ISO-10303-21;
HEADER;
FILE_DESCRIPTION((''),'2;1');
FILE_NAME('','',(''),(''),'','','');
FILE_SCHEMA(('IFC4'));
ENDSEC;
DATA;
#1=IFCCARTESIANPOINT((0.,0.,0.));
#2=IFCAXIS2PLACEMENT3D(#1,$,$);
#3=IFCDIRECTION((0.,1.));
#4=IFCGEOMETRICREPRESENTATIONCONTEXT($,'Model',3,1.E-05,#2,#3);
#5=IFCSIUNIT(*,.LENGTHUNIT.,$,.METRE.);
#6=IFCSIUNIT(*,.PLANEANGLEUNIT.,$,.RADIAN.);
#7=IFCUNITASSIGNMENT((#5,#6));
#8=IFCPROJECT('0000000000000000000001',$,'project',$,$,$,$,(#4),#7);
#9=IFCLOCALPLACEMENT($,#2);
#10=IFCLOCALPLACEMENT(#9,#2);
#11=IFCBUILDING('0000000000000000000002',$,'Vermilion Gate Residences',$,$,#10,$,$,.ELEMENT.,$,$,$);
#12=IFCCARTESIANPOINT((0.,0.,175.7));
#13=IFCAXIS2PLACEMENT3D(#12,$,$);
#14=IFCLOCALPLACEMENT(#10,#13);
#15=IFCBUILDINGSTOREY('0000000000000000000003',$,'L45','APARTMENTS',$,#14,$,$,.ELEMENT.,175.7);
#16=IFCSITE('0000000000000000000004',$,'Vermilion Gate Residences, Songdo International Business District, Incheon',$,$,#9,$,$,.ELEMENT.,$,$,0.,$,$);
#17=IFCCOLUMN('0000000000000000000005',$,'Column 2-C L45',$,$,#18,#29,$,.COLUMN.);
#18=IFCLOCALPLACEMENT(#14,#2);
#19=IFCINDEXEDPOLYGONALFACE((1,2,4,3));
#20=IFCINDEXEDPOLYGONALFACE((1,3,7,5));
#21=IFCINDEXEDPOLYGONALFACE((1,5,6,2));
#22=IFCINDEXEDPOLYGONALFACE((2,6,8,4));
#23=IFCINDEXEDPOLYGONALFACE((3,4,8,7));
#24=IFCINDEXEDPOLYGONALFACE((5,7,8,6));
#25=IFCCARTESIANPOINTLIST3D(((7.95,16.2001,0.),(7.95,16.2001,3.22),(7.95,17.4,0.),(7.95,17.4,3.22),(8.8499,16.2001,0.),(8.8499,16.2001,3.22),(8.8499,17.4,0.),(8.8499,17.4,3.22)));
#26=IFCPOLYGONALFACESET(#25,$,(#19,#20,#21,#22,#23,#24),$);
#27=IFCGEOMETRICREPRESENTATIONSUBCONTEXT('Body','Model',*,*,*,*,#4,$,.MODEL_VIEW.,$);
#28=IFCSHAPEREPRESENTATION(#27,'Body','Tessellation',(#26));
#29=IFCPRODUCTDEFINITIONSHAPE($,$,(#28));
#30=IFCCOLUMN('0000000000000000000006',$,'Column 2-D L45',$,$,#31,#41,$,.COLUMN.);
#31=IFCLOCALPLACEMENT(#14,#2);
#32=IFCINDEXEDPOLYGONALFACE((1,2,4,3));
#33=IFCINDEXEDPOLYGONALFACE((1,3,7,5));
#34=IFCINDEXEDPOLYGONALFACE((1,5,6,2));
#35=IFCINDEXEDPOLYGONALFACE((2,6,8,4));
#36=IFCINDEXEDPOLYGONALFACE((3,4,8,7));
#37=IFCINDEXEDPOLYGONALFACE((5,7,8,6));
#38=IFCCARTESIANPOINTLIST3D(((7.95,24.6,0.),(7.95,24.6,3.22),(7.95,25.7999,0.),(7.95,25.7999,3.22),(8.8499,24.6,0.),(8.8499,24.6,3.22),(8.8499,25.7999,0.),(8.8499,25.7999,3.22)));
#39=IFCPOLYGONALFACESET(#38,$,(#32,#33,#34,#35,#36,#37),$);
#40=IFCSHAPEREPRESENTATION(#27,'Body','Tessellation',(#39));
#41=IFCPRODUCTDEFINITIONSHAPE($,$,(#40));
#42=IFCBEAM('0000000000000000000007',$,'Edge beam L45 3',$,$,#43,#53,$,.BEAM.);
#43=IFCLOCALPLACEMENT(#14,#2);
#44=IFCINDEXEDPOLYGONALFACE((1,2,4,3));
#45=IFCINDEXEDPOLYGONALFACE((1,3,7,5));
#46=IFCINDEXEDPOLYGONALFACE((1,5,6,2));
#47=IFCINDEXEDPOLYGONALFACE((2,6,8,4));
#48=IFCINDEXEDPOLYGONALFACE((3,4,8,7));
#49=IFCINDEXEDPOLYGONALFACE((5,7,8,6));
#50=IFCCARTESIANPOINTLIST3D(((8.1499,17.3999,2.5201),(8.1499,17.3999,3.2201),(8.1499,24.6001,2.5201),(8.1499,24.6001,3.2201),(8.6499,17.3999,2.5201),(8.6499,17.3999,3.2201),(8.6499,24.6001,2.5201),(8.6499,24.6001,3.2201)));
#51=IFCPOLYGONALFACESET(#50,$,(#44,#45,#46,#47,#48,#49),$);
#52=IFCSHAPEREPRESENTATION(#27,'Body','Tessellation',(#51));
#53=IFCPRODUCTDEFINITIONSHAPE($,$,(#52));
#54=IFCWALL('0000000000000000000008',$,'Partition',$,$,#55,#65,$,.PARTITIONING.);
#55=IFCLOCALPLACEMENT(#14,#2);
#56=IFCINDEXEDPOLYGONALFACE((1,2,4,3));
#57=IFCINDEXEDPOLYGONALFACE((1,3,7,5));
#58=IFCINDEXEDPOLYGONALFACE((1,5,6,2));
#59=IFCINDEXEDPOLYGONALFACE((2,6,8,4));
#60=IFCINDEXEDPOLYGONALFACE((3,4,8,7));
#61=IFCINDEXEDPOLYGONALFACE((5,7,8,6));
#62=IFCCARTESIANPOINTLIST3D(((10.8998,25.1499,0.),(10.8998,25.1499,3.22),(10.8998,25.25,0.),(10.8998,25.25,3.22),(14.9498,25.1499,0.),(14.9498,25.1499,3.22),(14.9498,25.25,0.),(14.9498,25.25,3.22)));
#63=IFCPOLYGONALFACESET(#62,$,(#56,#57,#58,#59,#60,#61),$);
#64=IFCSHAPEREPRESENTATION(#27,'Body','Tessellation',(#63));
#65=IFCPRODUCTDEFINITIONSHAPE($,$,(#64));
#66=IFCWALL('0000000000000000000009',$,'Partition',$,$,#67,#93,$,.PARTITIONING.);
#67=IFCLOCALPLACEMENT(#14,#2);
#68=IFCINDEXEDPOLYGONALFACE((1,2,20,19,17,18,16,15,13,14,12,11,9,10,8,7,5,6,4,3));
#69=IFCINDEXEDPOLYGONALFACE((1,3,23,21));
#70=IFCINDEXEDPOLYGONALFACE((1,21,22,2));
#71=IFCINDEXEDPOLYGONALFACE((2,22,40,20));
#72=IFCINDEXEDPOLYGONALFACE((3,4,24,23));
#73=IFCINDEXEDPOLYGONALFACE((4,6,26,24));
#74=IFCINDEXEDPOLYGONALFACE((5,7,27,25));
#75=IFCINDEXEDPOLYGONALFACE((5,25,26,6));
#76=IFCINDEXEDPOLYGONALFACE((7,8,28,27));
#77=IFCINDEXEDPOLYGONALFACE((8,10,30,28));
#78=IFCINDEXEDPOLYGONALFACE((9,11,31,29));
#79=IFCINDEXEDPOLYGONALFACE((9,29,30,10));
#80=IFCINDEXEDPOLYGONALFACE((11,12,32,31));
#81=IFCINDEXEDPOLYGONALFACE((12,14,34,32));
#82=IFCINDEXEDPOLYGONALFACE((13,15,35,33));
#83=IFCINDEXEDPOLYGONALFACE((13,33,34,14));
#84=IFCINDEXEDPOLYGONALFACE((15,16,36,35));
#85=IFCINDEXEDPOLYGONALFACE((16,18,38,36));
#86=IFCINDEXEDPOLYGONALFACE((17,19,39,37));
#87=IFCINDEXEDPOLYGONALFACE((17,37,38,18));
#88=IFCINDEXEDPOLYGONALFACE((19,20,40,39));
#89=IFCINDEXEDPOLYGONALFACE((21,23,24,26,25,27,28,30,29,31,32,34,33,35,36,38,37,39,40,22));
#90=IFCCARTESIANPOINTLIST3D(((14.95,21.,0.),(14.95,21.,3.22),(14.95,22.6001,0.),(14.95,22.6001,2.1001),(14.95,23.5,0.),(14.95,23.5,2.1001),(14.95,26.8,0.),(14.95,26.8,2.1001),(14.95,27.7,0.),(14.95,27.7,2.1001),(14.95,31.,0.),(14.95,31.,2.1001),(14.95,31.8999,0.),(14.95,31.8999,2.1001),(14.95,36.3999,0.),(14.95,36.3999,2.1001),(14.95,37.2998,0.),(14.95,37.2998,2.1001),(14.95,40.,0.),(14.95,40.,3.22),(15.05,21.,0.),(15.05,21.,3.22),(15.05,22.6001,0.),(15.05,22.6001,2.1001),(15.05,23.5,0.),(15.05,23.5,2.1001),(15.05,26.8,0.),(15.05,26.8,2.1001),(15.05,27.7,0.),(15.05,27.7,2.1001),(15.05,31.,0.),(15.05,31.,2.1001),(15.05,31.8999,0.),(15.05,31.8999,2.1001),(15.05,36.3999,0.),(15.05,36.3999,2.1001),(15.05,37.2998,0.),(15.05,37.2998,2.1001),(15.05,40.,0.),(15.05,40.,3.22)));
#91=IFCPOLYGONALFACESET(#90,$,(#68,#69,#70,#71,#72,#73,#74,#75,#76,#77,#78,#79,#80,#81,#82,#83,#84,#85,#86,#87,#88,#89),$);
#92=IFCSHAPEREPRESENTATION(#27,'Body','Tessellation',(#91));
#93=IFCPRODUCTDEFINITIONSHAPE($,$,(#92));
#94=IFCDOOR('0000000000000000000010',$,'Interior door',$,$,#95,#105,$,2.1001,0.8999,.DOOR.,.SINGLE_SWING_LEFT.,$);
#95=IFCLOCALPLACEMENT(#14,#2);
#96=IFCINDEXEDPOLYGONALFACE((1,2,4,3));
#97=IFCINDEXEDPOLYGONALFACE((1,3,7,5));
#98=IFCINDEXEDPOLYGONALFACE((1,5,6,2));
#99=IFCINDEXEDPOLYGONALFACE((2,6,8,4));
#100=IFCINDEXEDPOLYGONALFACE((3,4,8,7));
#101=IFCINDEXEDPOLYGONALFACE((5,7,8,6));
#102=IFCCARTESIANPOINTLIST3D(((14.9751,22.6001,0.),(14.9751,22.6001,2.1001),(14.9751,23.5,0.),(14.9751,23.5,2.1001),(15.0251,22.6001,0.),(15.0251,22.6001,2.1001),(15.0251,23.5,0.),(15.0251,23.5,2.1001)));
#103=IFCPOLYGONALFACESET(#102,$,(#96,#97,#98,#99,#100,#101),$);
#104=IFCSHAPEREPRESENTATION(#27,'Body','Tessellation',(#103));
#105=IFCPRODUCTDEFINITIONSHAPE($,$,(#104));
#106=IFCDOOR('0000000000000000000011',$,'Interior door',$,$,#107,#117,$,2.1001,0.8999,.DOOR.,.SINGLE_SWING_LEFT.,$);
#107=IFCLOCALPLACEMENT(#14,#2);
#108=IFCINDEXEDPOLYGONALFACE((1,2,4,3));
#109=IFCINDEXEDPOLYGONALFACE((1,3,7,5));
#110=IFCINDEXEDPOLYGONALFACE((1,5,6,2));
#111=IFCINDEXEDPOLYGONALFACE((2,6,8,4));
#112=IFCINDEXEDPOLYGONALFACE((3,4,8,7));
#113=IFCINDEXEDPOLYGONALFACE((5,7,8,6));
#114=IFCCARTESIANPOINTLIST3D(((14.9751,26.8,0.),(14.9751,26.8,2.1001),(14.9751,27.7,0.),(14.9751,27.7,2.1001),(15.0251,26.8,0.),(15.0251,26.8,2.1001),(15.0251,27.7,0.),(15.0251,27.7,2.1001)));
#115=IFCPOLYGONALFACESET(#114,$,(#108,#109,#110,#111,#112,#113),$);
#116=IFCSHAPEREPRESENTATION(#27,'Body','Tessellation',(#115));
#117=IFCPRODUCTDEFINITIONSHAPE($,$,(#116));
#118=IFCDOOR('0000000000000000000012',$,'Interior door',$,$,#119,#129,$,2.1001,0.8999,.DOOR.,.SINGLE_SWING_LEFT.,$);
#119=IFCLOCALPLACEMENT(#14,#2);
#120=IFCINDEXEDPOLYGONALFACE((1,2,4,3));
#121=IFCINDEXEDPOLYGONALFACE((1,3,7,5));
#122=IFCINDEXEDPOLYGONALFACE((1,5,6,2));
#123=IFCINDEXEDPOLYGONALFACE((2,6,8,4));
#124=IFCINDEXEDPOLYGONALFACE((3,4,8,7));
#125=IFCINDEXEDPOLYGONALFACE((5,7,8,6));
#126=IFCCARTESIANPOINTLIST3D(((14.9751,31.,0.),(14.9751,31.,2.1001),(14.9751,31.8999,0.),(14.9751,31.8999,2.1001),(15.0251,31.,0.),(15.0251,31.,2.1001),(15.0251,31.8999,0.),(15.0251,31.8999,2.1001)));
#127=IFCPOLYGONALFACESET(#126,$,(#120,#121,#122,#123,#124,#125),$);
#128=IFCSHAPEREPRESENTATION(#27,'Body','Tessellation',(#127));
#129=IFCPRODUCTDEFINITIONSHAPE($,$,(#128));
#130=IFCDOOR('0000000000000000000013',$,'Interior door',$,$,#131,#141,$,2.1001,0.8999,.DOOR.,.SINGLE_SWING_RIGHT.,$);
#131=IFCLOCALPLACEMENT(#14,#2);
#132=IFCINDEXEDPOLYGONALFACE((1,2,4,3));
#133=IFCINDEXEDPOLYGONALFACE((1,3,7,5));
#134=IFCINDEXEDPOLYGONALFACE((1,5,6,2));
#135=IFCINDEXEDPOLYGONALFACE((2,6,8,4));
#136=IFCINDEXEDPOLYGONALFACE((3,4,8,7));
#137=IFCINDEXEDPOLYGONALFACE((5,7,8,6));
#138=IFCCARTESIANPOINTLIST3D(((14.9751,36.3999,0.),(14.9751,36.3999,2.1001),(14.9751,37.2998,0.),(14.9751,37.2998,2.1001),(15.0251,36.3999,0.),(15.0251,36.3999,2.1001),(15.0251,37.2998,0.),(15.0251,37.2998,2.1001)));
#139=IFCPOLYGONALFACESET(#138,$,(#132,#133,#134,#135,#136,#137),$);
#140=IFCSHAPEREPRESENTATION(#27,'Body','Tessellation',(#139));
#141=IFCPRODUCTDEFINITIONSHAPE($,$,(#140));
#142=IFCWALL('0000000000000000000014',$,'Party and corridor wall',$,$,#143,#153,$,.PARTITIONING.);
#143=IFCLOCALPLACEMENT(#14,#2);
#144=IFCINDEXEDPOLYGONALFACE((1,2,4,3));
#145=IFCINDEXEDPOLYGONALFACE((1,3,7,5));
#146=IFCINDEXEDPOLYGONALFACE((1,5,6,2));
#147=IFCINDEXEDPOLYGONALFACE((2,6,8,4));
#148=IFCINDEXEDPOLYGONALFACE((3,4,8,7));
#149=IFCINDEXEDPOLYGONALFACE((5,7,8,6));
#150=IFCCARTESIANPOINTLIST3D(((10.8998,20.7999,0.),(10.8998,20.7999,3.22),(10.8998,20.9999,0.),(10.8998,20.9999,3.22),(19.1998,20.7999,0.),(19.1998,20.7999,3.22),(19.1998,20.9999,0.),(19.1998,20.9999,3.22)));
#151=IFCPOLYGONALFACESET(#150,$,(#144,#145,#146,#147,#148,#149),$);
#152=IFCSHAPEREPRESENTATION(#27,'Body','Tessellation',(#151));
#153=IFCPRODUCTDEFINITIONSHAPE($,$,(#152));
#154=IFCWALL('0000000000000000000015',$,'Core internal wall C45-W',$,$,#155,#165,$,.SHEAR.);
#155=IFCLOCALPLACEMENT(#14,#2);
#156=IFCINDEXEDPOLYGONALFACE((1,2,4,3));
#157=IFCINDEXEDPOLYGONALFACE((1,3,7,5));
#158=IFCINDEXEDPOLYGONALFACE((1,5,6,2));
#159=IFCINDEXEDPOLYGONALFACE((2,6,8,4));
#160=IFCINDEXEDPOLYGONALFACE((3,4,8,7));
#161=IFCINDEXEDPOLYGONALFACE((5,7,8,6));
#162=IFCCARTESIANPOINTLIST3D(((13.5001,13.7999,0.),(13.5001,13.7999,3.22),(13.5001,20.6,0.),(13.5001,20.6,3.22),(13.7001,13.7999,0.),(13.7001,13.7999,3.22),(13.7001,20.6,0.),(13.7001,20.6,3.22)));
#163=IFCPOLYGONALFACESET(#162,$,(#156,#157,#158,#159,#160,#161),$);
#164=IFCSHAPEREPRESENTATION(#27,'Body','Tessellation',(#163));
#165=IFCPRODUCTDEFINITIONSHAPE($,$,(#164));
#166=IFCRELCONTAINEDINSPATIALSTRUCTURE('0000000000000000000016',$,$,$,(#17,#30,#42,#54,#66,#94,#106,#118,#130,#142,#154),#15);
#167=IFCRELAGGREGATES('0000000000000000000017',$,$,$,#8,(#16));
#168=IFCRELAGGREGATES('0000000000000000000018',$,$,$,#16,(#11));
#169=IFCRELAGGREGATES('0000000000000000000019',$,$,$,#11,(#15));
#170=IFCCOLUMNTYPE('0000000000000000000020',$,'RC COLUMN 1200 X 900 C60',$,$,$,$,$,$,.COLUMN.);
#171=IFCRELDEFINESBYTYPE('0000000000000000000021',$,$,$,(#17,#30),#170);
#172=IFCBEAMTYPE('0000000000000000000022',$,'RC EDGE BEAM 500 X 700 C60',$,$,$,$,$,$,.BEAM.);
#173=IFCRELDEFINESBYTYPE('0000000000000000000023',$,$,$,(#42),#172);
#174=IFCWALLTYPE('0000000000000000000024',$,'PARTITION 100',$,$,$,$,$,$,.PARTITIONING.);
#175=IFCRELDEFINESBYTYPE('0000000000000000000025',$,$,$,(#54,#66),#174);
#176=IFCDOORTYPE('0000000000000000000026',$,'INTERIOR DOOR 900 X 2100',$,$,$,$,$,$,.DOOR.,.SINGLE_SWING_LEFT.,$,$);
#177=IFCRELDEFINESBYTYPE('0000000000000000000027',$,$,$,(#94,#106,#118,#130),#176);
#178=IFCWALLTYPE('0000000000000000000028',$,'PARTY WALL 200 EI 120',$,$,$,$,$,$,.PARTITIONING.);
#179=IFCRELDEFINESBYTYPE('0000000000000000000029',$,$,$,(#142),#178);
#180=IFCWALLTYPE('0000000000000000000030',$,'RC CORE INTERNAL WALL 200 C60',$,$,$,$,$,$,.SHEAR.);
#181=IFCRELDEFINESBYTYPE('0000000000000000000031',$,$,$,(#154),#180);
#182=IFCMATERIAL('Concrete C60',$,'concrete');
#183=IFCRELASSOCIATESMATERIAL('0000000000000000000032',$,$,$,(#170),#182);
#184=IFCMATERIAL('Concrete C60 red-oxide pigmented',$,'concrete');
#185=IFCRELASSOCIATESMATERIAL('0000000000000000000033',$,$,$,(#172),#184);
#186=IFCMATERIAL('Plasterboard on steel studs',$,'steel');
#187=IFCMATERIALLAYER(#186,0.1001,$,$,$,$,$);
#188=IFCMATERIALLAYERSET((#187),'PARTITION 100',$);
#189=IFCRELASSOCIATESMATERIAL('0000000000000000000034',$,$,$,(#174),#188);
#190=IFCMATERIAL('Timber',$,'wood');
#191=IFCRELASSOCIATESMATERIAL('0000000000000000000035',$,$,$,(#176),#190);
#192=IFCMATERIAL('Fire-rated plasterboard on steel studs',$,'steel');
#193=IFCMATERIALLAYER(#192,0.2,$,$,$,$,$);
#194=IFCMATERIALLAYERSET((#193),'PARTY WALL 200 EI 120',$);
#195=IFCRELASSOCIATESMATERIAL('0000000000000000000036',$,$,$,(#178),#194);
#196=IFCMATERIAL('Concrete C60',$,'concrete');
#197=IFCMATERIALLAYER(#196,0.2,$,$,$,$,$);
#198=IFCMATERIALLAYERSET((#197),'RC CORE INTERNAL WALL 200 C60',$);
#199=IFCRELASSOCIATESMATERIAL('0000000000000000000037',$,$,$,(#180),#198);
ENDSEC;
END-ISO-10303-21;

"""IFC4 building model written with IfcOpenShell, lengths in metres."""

from ifc_helpers import new_model, si_unit, direction, frame, frame_2d, origin, origin_2d, place, context, subcontext, project, spatial, rectangle, extrude, material, layer, layer_set, material_profile, profile_set, type_object, element, fill, save


model = new_model("IFC4")

# Units and contexts
model_context = context("Model", 3, precision=1e-05, world=origin(), true_north=direction((0.0, 1.0)))
body_context = subcontext(model_context, "Body", "Model", "MODEL_VIEW")
ifc_project = project(units=[si_unit("LENGTHUNIT", "METRE"), si_unit("PLANEANGLEUNIT", "RADIAN")], contexts=[model_context])

# Site, building, storey
site_placement = place(None, origin())
site = spatial("IfcSite", under=ifc_project, at=site_placement, Name="Vermilion Gate Residences, Songdo International Business District, Incheon", CompositionType="ELEMENT", RefElevation=0.0)
building_placement = place(site_placement, origin())
building = spatial("IfcBuilding", under=site, at=building_placement, Name="Vermilion Gate Residences", CompositionType="ELEMENT")
storey_placement = place(building_placement, frame((0.0, 0.0, 175.7)))
storey = spatial("IfcBuildingStorey", under=building, at=storey_placement, Name="L45", Description="APARTMENTS", CompositionType="ELEMENT", Elevation=175.7)

# Columns
ifc_material_1 = material(Name="Concrete C60", Category="concrete")
ifc_material_profile_1 = material_profile(ifc_material_1, rectangle(XDim=1.2, YDim=0.8999, at=origin_2d()), Name="RC-1200x900")
ifc_profile_set_1 = profile_set([ifc_material_profile_1], Name="Concrete C60")
column_type = type_object("IfcColumnType", Name="RC COLUMN 1200 X 900 C60", PredefinedType="COLUMN", material=ifc_profile_set_1)
for number, where, z_axis, x_axis, name in (
    (1, (8.3999, 16.8, 0.0), (0.0, 0.0, 1.0), (0.0, 1.0, 0.0), "Column 2-C L45"),
    (2, (8.3999, 25.2, 0.0), (0.0, 0.0, 1.0), (0.0, 1.0, 0.0), "Column 2-D L45"),
):
    element("IfcColumn", number, at=place(storey_placement, frame(where, z_axis=z_axis, x_axis=x_axis)), inside=storey, type_object=column_type, Name=name, PredefinedType="COLUMN", context=body_context, shape_type="SweptSolid", body=[
        extrude(rectangle(XDim=1.2, YDim=0.8999, at=origin_2d()), origin(), (0.0, 0.0, 1.0), 3.22),
    ])

# Beam
ifc_material_2 = material(Name="Concrete C60 red-oxide pigmented", Category="concrete")
ifc_material_profile_2 = material_profile(ifc_material_2, rectangle(XDim=0.5, YDim=0.7, at=origin_2d()), Name="RC-500x700")
ifc_profile_set_2 = profile_set([ifc_material_profile_2], Name="Concrete C60 red-oxide pigmented")
beam_type = type_object("IfcBeamType", Name="RC EDGE BEAM 500 X 700 C60", PredefinedType="BEAM", material=ifc_profile_set_2)
beam_placement = place(storey_placement, frame((8.3999, 17.3999, 2.8701), z_axis=(0.0, 1.0, 0.0), x_axis=(-1.0, 0.0, 0.0)))
element("IfcBeam", 3, at=beam_placement, inside=storey, type_object=beam_type, Name="Edge beam L45 3", PredefinedType="BEAM", context=body_context, shape_type="SweptSolid", body=[
    extrude(rectangle(XDim=0.5, YDim=0.7, at=origin_2d()), origin(), (0.0, 0.0, 1.0), 7.2002),
])

# Wall
ifc_material_3 = material(Name="Plasterboard on steel studs", Category="steel")
ifc_layer_1 = layer(ifc_material_3, 0.1001)
ifc_layer_set_1 = layer_set([ifc_layer_1], Name="PARTITION 100")
wall_type_1 = type_object("IfcWallType", Name="PARTITION 100", PredefinedType="PARTITIONING", material=ifc_layer_set_1)
wall_1_placement = place(storey_placement, frame((10.8999, 25.2, 0.0), z_axis=(0.0, 0.0, 1.0), x_axis=(1.0, 0.0, 0.0)))
element("IfcWall", 4, at=wall_1_placement, inside=storey, type_object=wall_type_1, Name="Partition", PredefinedType="PARTITIONING", context=body_context, shape_type="SweptSolid", body=[
    extrude(rectangle(XDim=4.05, YDim=0.1001, at=frame_2d((2.0249, 0.0))), origin(), (0.0, 0.0, 1.0), 3.22),
])

# Wall, openings, doors
wall_2_placement = place(storey_placement, frame((15.0, 21.0, 0.0), z_axis=(0.0, 0.0, 1.0), x_axis=(0.0, 1.0, 0.0)))
wall_2 = element("IfcWall", 5, at=wall_2_placement, inside=storey, type_object=wall_type_1, Name="Partition", PredefinedType="PARTITIONING", context=body_context, shape_type="SweptSolid", body=[
    extrude(rectangle(XDim=19.0, YDim=0.1001, at=frame_2d((9.5, 0.0))), origin(), (0.0, 0.0, 1.0), 3.22),
])
opening_1_placement = place(wall_2_placement, frame((1.6001, 0.0, 0.0)))
opening_1 = element("IfcOpeningElement", 6, at=opening_1_placement, cuts=wall_2, PredefinedType="OPENING", context=body_context, shape_type="SweptSolid", body=[
    extrude(rectangle(XDim=0.8999, YDim=2.1001, at=frame_2d((0.45, 1.05))), frame((0.0, 0.0601, 0.0), z_axis=(0.0, -1.0, 0.0), x_axis=(1.0, 0.0, 0.0)), (0.0, 0.0, 1.0), 0.1201),
])
opening_2_placement = place(wall_2_placement, frame((5.8, 0.0, 0.0)))
opening_2 = element("IfcOpeningElement", 7, at=opening_2_placement, cuts=wall_2, PredefinedType="OPENING", context=body_context, shape_type="SweptSolid", body=[
    extrude(rectangle(XDim=0.8999, YDim=2.1001, at=frame_2d((0.45, 1.05))), frame((0.0, 0.0601, 0.0), z_axis=(0.0, -1.0, 0.0), x_axis=(1.0, 0.0, 0.0)), (0.0, 0.0, 1.0), 0.1201),
])
opening_3_placement = place(wall_2_placement, frame((10.0, 0.0, 0.0)))
opening_3 = element("IfcOpeningElement", 8, at=opening_3_placement, cuts=wall_2, PredefinedType="OPENING", context=body_context, shape_type="SweptSolid", body=[
    extrude(rectangle(XDim=0.8999, YDim=2.1001, at=frame_2d((0.45, 1.05))), frame((0.0, 0.0601, 0.0), z_axis=(0.0, -1.0, 0.0), x_axis=(1.0, 0.0, 0.0)), (0.0, 0.0, 1.0), 0.1201),
])
opening_4_placement = place(wall_2_placement, frame((15.3999, 0.0, 0.0)))
opening_4 = element("IfcOpeningElement", 9, at=opening_4_placement, cuts=wall_2, PredefinedType="OPENING", context=body_context, shape_type="SweptSolid", body=[
    extrude(rectangle(XDim=0.8999, YDim=2.1001, at=frame_2d((0.45, 1.05))), frame((0.0, 0.0601, 0.0), z_axis=(0.0, -1.0, 0.0), x_axis=(1.0, 0.0, 0.0)), (0.0, 0.0, 1.0), 0.1201),
])
ifc_material_4 = material(Name="Timber", Category="wood")
door_type_1 = type_object("IfcDoorType", Name="INTERIOR DOOR 900 X 2100", OperationType="SINGLE_SWING_LEFT", PredefinedType="DOOR", material=ifc_material_4)
door_1_placement = place(opening_1_placement, origin())
door_1 = element("IfcDoor", 10, at=door_1_placement, inside=storey, type_object=door_type_1, Name="Interior door", OperationType="SINGLE_SWING_LEFT", OverallHeight=2.1001, OverallWidth=0.8999, PredefinedType="DOOR", context=body_context, shape_type="SweptSolid", body=[
    extrude(rectangle(XDim=0.8999, YDim=2.1001, at=frame_2d((0.45, 1.05))), frame((0.0, 0.0249, 0.0), z_axis=(0.0, -1.0, 0.0), x_axis=(1.0, 0.0, 0.0)), (0.0, 0.0, 1.0), 0.05),
])
fill(opening_1, door_1)
door_2_placement = place(opening_2_placement, origin())
door_2 = element("IfcDoor", 11, at=door_2_placement, inside=storey, type_object=door_type_1, Name="Interior door", OperationType="SINGLE_SWING_LEFT", OverallHeight=2.1001, OverallWidth=0.8999, PredefinedType="DOOR", context=body_context, shape_type="SweptSolid", body=[
    extrude(rectangle(XDim=0.8999, YDim=2.1001, at=frame_2d((0.45, 1.05))), frame((0.0, 0.0249, 0.0), z_axis=(0.0, -1.0, 0.0), x_axis=(1.0, 0.0, 0.0)), (0.0, 0.0, 1.0), 0.05),
])
fill(opening_2, door_2)
door_3_placement = place(opening_3_placement, origin())
door_3 = element("IfcDoor", 12, at=door_3_placement, inside=storey, type_object=door_type_1, Name="Interior door", OperationType="SINGLE_SWING_LEFT", OverallHeight=2.1001, OverallWidth=0.8999, PredefinedType="DOOR", context=body_context, shape_type="SweptSolid", body=[
    extrude(rectangle(XDim=0.8999, YDim=2.1001, at=frame_2d((0.45, 1.05))), frame((0.0, 0.0249, 0.0), z_axis=(0.0, -1.0, 0.0), x_axis=(1.0, 0.0, 0.0)), (0.0, 0.0, 1.0), 0.05),
])
fill(opening_3, door_3)
door_4_placement = place(opening_4_placement, origin())
door_4 = element("IfcDoor", 13, at=door_4_placement, inside=storey, type_object=door_type_1, Name="Interior door", OperationType="SINGLE_SWING_RIGHT", OverallHeight=2.1001, OverallWidth=0.8999, PredefinedType="DOOR", context=body_context, shape_type="SweptSolid", body=[
    extrude(rectangle(XDim=0.8999, YDim=2.1001, at=frame_2d((0.45, 1.05))), frame((0.0, 0.0249, 0.0), z_axis=(0.0, -1.0, 0.0), x_axis=(1.0, 0.0, 0.0)), (0.0, 0.0, 1.0), 0.05),
])
fill(opening_4, door_4)

# Walls
ifc_material_5 = material(Name="Fire-rated plasterboard on steel studs", Category="steel")
ifc_layer_2 = layer(ifc_material_5, 0.2)
ifc_layer_set_2 = layer_set([ifc_layer_2], Name="PARTY WALL 200 EI 120")
wall_type_2 = type_object("IfcWallType", Name="PARTY WALL 200 EI 120", PredefinedType="PARTITIONING", material=ifc_layer_set_2)
wall_3_placement = place(storey_placement, frame((10.8999, 20.8999, 0.0), z_axis=(0.0, 0.0, 1.0), x_axis=(1.0, 0.0, 0.0)))
element("IfcWall", 14, at=wall_3_placement, inside=storey, type_object=wall_type_2, Name="Party and corridor wall", PredefinedType="PARTITIONING", context=body_context, shape_type="SweptSolid", body=[
    extrude(rectangle(XDim=8.3, YDim=0.2, at=frame_2d((4.1499, 0.0))), origin(), (0.0, 0.0, 1.0), 3.22),
])
ifc_material_6 = material(Name="Concrete C60", Category="concrete")
ifc_layer_3 = layer(ifc_material_6, 0.2)
ifc_layer_set_3 = layer_set([ifc_layer_3], Name="RC CORE INTERNAL WALL 200 C60")
wall_type_3 = type_object("IfcWallType", Name="RC CORE INTERNAL WALL 200 C60", PredefinedType="SHEAR", material=ifc_layer_set_3)
wall_4_placement = place(storey_placement, frame((13.6001, 13.8, 0.0), z_axis=(0.0, 0.0, 1.0), x_axis=(0.0, 1.0, 0.0)))
element("IfcWall", 15, at=wall_4_placement, inside=storey, type_object=wall_type_3, Name="Core internal wall C45-W", PredefinedType="SHEAR", context=body_context, shape_type="SweptSolid", body=[
    extrude(rectangle(XDim=6.8, YDim=0.2, at=frame_2d((3.3999, 0.0))), origin(), (0.0, 0.0, 1.0), 3.22),
])

save(model, "model.ifc")
